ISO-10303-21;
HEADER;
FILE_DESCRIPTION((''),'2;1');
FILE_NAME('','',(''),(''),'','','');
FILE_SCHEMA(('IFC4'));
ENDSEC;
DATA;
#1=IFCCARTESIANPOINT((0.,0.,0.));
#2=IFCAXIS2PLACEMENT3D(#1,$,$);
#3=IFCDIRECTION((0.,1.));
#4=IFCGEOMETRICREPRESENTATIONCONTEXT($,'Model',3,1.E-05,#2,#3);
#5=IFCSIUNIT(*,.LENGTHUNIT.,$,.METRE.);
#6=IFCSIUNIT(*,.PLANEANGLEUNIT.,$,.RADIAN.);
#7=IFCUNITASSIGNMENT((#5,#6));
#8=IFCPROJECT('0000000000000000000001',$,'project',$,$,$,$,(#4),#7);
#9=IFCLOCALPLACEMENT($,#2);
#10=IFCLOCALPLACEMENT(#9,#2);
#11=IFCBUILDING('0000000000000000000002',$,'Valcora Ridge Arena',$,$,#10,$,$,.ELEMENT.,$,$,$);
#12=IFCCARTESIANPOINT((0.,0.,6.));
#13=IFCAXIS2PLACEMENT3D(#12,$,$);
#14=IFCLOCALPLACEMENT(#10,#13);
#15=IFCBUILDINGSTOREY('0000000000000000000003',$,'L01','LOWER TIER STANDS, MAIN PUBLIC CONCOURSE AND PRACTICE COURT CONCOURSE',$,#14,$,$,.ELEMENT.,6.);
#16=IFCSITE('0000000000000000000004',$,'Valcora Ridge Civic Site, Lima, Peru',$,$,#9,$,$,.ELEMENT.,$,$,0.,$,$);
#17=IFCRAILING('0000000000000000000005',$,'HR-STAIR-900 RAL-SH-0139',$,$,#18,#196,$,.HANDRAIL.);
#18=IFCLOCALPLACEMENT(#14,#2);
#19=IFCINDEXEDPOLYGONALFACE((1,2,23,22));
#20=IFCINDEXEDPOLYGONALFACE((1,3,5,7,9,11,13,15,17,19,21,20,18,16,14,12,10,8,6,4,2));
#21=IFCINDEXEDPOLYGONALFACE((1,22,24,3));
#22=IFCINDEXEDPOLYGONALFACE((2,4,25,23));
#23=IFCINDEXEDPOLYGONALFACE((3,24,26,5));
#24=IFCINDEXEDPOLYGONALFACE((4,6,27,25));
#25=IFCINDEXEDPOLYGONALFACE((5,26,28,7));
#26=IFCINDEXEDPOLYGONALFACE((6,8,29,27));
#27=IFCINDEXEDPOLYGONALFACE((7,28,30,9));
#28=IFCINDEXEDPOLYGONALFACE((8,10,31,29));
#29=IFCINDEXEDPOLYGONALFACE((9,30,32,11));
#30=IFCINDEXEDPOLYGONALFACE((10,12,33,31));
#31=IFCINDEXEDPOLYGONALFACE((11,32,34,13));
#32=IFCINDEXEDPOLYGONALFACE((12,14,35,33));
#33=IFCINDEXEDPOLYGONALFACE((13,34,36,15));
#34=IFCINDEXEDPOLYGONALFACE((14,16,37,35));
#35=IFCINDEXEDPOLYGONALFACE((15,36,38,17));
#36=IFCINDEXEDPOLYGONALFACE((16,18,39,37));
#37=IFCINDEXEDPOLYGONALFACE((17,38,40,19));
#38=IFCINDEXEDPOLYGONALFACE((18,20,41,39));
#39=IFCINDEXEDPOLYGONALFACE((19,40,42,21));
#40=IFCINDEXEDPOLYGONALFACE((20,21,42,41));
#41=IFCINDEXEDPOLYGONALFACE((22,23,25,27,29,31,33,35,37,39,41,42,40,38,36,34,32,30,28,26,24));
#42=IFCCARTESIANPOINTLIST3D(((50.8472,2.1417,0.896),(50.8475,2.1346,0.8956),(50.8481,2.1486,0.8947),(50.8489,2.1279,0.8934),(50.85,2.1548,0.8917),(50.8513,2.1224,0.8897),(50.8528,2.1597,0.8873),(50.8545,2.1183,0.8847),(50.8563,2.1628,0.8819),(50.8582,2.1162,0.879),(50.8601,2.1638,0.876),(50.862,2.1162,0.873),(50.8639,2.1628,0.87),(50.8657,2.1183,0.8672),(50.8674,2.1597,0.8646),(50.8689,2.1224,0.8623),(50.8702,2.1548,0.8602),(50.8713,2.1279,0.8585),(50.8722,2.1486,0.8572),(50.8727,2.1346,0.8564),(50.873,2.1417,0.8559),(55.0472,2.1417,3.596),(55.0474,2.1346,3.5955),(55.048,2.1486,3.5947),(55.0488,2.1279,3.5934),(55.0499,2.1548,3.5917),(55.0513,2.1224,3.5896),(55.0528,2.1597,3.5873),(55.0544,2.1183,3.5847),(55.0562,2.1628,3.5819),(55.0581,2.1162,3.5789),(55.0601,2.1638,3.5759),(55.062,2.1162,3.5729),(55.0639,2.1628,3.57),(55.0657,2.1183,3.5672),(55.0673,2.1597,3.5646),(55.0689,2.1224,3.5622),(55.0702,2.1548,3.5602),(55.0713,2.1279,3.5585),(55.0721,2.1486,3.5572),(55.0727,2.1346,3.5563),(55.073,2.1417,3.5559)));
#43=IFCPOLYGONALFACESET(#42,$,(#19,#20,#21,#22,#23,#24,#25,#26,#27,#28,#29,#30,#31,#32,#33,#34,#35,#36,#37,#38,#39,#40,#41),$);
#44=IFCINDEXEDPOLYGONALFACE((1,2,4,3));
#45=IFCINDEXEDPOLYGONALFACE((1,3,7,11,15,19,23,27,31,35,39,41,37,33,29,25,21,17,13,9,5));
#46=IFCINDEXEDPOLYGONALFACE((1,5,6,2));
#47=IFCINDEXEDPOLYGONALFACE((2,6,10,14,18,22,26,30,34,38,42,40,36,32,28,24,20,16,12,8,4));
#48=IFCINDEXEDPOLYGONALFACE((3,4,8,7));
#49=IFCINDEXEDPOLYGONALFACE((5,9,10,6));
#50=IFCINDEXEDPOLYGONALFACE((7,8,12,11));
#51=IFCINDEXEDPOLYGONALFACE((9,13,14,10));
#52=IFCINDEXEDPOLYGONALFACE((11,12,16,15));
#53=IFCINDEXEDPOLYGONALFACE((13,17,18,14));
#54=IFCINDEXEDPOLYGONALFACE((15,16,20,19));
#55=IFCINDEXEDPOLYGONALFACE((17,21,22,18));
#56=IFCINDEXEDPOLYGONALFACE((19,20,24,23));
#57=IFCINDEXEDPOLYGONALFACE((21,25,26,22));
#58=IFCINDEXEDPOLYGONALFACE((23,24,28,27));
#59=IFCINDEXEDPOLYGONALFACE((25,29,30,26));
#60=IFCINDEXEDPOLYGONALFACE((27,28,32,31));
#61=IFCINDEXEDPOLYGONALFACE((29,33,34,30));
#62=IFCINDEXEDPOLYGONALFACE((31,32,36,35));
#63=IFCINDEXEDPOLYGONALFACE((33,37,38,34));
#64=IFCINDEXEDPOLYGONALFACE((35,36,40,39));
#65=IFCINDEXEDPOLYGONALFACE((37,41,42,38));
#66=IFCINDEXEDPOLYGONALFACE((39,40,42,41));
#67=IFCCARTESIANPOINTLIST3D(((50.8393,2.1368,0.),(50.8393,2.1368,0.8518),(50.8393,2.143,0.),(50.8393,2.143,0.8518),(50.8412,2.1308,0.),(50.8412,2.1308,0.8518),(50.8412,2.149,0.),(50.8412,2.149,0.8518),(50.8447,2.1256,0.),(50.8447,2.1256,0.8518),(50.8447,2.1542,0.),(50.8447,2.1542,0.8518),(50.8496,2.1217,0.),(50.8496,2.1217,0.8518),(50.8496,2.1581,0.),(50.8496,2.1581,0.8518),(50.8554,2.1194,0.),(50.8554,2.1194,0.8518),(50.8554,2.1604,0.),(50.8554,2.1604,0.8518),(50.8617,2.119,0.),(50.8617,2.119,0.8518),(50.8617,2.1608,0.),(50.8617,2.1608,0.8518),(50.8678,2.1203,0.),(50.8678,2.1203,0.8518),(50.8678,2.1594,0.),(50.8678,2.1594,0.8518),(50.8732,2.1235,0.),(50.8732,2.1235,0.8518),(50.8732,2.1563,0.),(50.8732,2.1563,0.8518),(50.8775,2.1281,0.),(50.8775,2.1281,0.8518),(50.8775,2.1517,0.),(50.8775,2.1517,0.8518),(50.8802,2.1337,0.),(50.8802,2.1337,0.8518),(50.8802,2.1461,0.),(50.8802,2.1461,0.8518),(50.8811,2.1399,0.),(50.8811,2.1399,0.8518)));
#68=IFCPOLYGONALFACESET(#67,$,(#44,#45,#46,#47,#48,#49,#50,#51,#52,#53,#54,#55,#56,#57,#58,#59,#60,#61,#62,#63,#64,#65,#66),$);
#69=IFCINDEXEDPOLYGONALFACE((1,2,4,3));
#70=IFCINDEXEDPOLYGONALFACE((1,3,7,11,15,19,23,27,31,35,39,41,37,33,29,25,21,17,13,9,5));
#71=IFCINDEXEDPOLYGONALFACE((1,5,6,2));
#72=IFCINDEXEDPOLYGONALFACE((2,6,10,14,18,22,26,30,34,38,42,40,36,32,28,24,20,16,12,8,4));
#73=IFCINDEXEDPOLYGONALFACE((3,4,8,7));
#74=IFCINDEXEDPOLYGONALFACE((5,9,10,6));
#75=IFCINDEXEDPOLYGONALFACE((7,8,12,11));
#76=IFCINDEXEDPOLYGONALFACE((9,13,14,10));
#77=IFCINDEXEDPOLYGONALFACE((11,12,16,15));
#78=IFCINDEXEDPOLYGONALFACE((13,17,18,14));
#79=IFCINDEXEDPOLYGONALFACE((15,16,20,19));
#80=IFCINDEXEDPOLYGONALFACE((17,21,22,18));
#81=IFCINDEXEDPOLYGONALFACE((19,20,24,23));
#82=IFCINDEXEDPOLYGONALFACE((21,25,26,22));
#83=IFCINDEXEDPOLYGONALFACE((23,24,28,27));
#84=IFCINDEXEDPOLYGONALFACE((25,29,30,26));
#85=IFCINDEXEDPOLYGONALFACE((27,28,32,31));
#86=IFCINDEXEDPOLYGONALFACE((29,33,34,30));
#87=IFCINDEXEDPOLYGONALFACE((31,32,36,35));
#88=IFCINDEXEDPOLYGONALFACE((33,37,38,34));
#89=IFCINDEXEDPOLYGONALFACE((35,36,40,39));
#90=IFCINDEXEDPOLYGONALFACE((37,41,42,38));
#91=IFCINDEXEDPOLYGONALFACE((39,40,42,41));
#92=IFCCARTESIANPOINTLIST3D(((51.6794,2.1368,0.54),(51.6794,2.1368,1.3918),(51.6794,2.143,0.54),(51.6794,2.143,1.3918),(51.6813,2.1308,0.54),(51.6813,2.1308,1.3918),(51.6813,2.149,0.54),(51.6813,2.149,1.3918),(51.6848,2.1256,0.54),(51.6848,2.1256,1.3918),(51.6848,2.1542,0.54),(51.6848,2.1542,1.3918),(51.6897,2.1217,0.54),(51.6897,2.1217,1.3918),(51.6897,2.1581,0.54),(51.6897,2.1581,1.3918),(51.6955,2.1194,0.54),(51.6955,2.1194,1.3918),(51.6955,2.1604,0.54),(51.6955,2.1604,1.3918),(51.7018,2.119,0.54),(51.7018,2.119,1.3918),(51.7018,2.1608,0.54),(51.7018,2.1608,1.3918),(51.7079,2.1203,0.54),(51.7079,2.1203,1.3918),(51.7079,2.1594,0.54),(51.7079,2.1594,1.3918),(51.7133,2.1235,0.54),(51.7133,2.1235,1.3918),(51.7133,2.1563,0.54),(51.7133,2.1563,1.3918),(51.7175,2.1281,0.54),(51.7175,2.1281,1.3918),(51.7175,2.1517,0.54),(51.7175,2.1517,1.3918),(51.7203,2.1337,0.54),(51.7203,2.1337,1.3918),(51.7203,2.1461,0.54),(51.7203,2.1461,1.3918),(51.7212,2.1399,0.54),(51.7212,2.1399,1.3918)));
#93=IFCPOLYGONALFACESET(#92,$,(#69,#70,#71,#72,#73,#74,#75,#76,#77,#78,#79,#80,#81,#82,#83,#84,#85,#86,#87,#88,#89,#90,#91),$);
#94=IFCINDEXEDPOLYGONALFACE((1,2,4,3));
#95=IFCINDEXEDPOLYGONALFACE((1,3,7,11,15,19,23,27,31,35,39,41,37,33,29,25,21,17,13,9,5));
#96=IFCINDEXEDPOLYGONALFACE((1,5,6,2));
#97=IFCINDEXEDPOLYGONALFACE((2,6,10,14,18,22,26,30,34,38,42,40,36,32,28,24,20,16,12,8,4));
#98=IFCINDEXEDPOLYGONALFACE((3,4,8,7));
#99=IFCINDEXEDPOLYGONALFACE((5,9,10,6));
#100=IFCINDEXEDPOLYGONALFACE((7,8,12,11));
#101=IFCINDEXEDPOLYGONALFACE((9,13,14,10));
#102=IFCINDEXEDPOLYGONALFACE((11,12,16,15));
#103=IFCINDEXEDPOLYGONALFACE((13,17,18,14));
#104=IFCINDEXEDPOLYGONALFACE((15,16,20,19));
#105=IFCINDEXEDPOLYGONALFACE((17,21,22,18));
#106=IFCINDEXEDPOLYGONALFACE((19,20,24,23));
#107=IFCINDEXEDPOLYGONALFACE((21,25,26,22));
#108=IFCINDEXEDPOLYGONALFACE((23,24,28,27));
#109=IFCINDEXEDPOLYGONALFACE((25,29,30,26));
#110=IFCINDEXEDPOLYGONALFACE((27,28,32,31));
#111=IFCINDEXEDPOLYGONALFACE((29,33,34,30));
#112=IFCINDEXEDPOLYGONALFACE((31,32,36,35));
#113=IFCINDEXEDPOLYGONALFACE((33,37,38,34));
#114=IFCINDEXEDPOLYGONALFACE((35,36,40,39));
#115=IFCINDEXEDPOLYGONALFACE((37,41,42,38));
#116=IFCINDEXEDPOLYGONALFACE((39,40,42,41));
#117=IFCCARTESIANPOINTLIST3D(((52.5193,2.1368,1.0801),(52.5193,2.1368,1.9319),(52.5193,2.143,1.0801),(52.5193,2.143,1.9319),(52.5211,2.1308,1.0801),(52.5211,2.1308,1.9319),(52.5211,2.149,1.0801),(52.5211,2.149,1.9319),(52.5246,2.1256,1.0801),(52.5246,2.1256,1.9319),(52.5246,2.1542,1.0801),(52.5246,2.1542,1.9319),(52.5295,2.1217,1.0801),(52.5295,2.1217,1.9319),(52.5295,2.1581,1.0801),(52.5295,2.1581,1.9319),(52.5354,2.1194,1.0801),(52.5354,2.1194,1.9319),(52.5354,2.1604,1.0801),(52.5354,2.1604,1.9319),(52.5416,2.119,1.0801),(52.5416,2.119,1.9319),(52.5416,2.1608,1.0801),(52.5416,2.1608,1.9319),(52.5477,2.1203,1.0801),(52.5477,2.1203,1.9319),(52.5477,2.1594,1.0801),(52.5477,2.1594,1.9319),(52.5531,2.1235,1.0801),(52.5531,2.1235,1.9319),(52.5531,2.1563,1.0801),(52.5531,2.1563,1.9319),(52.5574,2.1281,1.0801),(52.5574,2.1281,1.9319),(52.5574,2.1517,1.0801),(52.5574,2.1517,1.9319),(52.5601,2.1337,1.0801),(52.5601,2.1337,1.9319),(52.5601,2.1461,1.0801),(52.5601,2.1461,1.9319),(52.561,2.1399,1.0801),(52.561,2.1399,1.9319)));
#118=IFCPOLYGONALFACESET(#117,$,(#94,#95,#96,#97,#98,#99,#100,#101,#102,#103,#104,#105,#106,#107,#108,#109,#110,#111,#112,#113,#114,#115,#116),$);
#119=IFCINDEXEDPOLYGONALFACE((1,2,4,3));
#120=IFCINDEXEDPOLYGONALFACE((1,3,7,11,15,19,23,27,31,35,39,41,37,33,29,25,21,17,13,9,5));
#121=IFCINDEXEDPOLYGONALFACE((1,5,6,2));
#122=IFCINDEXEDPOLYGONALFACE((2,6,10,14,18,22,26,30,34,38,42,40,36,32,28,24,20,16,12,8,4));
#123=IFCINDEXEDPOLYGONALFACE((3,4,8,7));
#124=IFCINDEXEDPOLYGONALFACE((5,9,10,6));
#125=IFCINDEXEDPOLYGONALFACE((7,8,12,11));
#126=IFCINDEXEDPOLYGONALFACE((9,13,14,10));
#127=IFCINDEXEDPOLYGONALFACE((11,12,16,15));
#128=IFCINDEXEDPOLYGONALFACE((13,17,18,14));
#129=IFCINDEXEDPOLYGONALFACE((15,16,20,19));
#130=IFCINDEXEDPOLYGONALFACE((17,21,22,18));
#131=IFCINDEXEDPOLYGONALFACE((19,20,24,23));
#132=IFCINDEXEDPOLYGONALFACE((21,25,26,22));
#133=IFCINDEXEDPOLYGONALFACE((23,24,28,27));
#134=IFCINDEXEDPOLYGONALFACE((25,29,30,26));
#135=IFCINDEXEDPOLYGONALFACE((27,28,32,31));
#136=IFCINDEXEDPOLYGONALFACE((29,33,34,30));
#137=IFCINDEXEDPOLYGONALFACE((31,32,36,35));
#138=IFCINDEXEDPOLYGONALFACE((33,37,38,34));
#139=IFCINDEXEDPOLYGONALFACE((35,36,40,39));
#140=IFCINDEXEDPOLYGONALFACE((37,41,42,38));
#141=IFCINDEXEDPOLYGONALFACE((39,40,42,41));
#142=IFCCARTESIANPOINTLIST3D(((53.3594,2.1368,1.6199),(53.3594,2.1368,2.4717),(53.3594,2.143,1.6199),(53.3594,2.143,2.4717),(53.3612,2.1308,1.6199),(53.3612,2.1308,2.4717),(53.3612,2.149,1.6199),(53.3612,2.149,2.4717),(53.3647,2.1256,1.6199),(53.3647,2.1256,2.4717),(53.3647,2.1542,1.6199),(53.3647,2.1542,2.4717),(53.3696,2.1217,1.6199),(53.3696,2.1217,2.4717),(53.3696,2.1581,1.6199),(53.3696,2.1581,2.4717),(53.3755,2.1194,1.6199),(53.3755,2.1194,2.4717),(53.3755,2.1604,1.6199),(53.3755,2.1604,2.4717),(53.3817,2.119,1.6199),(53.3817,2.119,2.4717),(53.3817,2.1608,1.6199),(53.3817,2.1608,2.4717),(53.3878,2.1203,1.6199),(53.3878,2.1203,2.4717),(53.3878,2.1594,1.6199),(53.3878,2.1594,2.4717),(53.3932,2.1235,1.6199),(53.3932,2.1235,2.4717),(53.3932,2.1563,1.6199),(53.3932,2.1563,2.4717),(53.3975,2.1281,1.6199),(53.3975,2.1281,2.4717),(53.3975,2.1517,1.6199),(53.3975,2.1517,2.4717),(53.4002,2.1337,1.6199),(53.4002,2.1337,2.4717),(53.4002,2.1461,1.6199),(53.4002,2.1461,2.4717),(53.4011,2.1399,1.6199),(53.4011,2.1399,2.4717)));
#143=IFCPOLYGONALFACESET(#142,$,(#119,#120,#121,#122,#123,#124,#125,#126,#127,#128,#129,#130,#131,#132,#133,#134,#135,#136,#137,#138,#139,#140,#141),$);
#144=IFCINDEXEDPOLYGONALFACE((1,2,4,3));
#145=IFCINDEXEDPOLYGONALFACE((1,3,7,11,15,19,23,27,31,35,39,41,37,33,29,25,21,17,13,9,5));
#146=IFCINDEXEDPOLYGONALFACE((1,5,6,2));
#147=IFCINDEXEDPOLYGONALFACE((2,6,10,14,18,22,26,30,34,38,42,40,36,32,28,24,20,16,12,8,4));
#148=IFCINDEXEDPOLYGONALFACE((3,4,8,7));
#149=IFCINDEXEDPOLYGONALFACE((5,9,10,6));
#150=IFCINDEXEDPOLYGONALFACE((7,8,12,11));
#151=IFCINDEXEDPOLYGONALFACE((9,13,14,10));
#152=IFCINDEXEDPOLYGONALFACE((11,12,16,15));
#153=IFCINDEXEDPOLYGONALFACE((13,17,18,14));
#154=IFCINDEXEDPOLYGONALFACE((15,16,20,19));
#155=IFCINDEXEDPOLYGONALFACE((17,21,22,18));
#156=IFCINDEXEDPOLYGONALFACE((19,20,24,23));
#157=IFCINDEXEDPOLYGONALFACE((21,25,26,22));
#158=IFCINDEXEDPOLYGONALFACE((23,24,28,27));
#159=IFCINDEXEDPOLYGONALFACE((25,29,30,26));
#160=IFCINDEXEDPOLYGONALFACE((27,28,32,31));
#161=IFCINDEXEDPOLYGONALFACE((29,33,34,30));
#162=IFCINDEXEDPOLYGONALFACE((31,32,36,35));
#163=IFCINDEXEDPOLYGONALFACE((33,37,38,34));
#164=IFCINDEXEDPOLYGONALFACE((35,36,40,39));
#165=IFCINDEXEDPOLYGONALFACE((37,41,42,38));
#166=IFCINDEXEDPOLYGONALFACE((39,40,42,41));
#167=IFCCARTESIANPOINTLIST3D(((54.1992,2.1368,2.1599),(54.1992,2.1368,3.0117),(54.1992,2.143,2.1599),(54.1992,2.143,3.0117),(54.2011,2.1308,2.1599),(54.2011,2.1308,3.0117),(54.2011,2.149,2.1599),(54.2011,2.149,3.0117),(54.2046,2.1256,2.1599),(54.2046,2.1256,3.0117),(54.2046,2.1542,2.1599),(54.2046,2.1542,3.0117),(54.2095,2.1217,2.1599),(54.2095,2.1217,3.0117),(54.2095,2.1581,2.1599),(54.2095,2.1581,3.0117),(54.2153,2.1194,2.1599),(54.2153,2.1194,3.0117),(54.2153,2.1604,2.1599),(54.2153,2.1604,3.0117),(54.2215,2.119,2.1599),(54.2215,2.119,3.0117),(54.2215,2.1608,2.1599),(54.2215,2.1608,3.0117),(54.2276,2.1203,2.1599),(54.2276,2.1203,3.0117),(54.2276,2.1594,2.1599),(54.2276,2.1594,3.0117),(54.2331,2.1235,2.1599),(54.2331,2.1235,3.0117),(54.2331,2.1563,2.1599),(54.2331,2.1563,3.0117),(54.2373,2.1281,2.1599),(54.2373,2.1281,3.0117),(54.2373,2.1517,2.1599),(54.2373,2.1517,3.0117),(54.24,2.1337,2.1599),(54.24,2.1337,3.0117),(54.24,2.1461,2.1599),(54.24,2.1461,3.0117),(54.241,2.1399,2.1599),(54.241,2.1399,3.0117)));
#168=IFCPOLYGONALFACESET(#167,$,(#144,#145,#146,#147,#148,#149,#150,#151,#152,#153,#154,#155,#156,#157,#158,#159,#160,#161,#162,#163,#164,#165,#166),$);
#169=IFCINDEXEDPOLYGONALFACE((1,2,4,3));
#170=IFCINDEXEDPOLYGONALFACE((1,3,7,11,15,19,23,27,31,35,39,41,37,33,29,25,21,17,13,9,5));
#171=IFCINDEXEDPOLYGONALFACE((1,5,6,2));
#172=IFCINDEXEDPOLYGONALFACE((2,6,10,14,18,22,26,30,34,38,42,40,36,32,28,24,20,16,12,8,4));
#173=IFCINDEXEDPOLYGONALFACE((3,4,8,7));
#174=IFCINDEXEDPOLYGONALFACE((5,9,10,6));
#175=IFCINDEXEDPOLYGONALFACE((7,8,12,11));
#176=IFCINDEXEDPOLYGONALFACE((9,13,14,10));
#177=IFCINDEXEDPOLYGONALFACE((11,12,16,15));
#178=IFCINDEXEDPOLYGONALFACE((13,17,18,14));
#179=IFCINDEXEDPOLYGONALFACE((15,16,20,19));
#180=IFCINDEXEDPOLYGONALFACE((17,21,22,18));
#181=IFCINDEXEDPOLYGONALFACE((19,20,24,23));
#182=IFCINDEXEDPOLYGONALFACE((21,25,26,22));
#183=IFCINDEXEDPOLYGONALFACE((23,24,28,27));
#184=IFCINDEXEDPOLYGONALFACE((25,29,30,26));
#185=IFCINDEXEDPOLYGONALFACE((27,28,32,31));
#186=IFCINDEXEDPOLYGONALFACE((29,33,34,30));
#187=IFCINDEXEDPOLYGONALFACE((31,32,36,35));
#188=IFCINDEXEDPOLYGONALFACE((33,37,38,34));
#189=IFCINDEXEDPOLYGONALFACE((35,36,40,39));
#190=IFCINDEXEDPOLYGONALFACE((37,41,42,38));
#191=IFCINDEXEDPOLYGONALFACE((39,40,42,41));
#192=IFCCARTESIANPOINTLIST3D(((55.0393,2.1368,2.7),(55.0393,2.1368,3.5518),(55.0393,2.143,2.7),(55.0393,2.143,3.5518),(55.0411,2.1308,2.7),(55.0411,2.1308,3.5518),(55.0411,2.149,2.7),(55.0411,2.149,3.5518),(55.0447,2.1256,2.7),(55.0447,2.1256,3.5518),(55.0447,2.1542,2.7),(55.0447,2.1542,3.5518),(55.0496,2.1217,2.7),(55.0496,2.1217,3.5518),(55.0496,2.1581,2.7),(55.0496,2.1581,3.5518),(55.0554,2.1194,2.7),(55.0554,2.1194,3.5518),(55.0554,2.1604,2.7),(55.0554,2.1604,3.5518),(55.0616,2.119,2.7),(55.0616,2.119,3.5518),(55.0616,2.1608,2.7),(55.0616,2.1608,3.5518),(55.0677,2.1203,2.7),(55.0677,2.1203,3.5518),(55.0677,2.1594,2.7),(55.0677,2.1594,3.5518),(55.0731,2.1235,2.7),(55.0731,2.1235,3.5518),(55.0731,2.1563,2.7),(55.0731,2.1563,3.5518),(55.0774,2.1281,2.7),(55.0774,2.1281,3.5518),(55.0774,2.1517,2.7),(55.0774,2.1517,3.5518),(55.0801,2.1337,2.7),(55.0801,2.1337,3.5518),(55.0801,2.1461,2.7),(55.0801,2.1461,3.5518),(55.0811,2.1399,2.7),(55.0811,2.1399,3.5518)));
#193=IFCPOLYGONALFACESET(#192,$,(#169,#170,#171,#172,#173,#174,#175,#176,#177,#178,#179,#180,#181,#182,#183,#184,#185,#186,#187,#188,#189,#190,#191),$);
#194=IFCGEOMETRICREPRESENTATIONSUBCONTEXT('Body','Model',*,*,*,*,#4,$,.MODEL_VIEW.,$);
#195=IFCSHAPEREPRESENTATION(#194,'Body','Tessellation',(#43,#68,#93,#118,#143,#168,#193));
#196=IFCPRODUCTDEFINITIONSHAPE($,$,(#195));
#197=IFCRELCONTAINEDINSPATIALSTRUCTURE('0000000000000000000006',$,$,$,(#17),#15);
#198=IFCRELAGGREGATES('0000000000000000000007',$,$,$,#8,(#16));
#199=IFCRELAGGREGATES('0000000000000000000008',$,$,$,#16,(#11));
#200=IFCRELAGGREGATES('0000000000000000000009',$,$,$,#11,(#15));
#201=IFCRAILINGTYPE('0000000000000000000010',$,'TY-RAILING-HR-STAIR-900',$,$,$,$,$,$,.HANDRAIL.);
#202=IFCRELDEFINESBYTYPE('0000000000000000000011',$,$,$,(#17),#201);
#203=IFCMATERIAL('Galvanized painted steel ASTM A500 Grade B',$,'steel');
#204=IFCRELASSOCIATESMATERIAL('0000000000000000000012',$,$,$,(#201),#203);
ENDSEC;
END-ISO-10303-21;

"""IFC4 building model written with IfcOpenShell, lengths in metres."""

from ifc_helpers import new_model, si_unit, direction, frame, origin, origin_2d, place, context, subcontext, project, spatial, circle, extrude, material, type_object, element, save


model = new_model("IFC4")

# Units and contexts
model_context = context("Model", 3, precision=1e-05, world=origin(), true_north=direction((0.0, 1.0)))
body_context = subcontext(model_context, "Body", "Model", "MODEL_VIEW")
ifc_project = project(units=[si_unit("LENGTHUNIT", "METRE"), si_unit("PLANEANGLEUNIT", "RADIAN")], contexts=[model_context])

# Site, building, storey
site_placement = place(None, origin())
site = spatial("IfcSite", under=ifc_project, at=site_placement, Name="Valcora Ridge Civic Site, Lima, Peru", CompositionType="ELEMENT", RefElevation=0.0)
building_placement = place(site_placement, origin())
building = spatial("IfcBuilding", under=site, at=building_placement, Name="Valcora Ridge Arena", CompositionType="ELEMENT")
storey_placement = place(building_placement, frame((0.0, 0.0, 6.0)))
storey = spatial("IfcBuildingStorey", under=building, at=storey_placement, Name="L01", Description="LOWER TIER STANDS, MAIN PUBLIC CONCOURSE AND PRACTICE COURT CONCOURSE", CompositionType="ELEMENT", Elevation=6.0)

# Railing
ifc_material_1 = material(Name="Galvanized painted steel ASTM A500 Grade B", Category="steel")
railing_type_1 = type_object("IfcRailingType", Name="TY-RAILING-HR-STAIR-900", PredefinedType="HANDRAIL", material=ifc_material_1)
railing_1_placement = place(storey_placement, frame((50.8601, 2.1399, 0.0)))
element("IfcRailing", 1, at=railing_1_placement, inside=storey, type_object=railing_type_1, Name="HR-STAIR-900 RAL-SH-0139", PredefinedType="HANDRAIL", context=body_context, shape_type="SweptSolid", body=[
    extrude(circle(Radius=0.0239, at=origin_2d()), frame((0.0, 0.0, 0.876), z_axis=(0.84118, 0.0, 0.540755), x_axis=(0.0, 1.0, 0.0)), (0.0, 0.0, 1.0), 4.9929),
    extrude(circle(Radius=0.021, at=origin_2d()), origin(), (0.0, 0.0, 1.0), 0.8518),
    extrude(circle(Radius=0.021, at=origin_2d()), frame((0.8401, 0.0, 0.54)), (0.0, 0.0, 1.0), 0.8518),
    extrude(circle(Radius=0.021, at=origin_2d()), frame((1.6799, 0.0, 1.0801)), (0.0, 0.0, 1.0), 0.8518),
    extrude(circle(Radius=0.021, at=origin_2d()), frame((2.52, 0.0, 1.6199)), (0.0, 0.0, 1.0), 0.8518),
    extrude(circle(Radius=0.021, at=origin_2d()), frame((3.3599, 0.0, 2.1599)), (0.0, 0.0, 1.0), 0.8518),
    extrude(circle(Radius=0.021, at=origin_2d()), frame((4.2, 0.0, 2.7)), (0.0, 0.0, 1.0), 0.8518),
])

save(model, "model.ifc")
